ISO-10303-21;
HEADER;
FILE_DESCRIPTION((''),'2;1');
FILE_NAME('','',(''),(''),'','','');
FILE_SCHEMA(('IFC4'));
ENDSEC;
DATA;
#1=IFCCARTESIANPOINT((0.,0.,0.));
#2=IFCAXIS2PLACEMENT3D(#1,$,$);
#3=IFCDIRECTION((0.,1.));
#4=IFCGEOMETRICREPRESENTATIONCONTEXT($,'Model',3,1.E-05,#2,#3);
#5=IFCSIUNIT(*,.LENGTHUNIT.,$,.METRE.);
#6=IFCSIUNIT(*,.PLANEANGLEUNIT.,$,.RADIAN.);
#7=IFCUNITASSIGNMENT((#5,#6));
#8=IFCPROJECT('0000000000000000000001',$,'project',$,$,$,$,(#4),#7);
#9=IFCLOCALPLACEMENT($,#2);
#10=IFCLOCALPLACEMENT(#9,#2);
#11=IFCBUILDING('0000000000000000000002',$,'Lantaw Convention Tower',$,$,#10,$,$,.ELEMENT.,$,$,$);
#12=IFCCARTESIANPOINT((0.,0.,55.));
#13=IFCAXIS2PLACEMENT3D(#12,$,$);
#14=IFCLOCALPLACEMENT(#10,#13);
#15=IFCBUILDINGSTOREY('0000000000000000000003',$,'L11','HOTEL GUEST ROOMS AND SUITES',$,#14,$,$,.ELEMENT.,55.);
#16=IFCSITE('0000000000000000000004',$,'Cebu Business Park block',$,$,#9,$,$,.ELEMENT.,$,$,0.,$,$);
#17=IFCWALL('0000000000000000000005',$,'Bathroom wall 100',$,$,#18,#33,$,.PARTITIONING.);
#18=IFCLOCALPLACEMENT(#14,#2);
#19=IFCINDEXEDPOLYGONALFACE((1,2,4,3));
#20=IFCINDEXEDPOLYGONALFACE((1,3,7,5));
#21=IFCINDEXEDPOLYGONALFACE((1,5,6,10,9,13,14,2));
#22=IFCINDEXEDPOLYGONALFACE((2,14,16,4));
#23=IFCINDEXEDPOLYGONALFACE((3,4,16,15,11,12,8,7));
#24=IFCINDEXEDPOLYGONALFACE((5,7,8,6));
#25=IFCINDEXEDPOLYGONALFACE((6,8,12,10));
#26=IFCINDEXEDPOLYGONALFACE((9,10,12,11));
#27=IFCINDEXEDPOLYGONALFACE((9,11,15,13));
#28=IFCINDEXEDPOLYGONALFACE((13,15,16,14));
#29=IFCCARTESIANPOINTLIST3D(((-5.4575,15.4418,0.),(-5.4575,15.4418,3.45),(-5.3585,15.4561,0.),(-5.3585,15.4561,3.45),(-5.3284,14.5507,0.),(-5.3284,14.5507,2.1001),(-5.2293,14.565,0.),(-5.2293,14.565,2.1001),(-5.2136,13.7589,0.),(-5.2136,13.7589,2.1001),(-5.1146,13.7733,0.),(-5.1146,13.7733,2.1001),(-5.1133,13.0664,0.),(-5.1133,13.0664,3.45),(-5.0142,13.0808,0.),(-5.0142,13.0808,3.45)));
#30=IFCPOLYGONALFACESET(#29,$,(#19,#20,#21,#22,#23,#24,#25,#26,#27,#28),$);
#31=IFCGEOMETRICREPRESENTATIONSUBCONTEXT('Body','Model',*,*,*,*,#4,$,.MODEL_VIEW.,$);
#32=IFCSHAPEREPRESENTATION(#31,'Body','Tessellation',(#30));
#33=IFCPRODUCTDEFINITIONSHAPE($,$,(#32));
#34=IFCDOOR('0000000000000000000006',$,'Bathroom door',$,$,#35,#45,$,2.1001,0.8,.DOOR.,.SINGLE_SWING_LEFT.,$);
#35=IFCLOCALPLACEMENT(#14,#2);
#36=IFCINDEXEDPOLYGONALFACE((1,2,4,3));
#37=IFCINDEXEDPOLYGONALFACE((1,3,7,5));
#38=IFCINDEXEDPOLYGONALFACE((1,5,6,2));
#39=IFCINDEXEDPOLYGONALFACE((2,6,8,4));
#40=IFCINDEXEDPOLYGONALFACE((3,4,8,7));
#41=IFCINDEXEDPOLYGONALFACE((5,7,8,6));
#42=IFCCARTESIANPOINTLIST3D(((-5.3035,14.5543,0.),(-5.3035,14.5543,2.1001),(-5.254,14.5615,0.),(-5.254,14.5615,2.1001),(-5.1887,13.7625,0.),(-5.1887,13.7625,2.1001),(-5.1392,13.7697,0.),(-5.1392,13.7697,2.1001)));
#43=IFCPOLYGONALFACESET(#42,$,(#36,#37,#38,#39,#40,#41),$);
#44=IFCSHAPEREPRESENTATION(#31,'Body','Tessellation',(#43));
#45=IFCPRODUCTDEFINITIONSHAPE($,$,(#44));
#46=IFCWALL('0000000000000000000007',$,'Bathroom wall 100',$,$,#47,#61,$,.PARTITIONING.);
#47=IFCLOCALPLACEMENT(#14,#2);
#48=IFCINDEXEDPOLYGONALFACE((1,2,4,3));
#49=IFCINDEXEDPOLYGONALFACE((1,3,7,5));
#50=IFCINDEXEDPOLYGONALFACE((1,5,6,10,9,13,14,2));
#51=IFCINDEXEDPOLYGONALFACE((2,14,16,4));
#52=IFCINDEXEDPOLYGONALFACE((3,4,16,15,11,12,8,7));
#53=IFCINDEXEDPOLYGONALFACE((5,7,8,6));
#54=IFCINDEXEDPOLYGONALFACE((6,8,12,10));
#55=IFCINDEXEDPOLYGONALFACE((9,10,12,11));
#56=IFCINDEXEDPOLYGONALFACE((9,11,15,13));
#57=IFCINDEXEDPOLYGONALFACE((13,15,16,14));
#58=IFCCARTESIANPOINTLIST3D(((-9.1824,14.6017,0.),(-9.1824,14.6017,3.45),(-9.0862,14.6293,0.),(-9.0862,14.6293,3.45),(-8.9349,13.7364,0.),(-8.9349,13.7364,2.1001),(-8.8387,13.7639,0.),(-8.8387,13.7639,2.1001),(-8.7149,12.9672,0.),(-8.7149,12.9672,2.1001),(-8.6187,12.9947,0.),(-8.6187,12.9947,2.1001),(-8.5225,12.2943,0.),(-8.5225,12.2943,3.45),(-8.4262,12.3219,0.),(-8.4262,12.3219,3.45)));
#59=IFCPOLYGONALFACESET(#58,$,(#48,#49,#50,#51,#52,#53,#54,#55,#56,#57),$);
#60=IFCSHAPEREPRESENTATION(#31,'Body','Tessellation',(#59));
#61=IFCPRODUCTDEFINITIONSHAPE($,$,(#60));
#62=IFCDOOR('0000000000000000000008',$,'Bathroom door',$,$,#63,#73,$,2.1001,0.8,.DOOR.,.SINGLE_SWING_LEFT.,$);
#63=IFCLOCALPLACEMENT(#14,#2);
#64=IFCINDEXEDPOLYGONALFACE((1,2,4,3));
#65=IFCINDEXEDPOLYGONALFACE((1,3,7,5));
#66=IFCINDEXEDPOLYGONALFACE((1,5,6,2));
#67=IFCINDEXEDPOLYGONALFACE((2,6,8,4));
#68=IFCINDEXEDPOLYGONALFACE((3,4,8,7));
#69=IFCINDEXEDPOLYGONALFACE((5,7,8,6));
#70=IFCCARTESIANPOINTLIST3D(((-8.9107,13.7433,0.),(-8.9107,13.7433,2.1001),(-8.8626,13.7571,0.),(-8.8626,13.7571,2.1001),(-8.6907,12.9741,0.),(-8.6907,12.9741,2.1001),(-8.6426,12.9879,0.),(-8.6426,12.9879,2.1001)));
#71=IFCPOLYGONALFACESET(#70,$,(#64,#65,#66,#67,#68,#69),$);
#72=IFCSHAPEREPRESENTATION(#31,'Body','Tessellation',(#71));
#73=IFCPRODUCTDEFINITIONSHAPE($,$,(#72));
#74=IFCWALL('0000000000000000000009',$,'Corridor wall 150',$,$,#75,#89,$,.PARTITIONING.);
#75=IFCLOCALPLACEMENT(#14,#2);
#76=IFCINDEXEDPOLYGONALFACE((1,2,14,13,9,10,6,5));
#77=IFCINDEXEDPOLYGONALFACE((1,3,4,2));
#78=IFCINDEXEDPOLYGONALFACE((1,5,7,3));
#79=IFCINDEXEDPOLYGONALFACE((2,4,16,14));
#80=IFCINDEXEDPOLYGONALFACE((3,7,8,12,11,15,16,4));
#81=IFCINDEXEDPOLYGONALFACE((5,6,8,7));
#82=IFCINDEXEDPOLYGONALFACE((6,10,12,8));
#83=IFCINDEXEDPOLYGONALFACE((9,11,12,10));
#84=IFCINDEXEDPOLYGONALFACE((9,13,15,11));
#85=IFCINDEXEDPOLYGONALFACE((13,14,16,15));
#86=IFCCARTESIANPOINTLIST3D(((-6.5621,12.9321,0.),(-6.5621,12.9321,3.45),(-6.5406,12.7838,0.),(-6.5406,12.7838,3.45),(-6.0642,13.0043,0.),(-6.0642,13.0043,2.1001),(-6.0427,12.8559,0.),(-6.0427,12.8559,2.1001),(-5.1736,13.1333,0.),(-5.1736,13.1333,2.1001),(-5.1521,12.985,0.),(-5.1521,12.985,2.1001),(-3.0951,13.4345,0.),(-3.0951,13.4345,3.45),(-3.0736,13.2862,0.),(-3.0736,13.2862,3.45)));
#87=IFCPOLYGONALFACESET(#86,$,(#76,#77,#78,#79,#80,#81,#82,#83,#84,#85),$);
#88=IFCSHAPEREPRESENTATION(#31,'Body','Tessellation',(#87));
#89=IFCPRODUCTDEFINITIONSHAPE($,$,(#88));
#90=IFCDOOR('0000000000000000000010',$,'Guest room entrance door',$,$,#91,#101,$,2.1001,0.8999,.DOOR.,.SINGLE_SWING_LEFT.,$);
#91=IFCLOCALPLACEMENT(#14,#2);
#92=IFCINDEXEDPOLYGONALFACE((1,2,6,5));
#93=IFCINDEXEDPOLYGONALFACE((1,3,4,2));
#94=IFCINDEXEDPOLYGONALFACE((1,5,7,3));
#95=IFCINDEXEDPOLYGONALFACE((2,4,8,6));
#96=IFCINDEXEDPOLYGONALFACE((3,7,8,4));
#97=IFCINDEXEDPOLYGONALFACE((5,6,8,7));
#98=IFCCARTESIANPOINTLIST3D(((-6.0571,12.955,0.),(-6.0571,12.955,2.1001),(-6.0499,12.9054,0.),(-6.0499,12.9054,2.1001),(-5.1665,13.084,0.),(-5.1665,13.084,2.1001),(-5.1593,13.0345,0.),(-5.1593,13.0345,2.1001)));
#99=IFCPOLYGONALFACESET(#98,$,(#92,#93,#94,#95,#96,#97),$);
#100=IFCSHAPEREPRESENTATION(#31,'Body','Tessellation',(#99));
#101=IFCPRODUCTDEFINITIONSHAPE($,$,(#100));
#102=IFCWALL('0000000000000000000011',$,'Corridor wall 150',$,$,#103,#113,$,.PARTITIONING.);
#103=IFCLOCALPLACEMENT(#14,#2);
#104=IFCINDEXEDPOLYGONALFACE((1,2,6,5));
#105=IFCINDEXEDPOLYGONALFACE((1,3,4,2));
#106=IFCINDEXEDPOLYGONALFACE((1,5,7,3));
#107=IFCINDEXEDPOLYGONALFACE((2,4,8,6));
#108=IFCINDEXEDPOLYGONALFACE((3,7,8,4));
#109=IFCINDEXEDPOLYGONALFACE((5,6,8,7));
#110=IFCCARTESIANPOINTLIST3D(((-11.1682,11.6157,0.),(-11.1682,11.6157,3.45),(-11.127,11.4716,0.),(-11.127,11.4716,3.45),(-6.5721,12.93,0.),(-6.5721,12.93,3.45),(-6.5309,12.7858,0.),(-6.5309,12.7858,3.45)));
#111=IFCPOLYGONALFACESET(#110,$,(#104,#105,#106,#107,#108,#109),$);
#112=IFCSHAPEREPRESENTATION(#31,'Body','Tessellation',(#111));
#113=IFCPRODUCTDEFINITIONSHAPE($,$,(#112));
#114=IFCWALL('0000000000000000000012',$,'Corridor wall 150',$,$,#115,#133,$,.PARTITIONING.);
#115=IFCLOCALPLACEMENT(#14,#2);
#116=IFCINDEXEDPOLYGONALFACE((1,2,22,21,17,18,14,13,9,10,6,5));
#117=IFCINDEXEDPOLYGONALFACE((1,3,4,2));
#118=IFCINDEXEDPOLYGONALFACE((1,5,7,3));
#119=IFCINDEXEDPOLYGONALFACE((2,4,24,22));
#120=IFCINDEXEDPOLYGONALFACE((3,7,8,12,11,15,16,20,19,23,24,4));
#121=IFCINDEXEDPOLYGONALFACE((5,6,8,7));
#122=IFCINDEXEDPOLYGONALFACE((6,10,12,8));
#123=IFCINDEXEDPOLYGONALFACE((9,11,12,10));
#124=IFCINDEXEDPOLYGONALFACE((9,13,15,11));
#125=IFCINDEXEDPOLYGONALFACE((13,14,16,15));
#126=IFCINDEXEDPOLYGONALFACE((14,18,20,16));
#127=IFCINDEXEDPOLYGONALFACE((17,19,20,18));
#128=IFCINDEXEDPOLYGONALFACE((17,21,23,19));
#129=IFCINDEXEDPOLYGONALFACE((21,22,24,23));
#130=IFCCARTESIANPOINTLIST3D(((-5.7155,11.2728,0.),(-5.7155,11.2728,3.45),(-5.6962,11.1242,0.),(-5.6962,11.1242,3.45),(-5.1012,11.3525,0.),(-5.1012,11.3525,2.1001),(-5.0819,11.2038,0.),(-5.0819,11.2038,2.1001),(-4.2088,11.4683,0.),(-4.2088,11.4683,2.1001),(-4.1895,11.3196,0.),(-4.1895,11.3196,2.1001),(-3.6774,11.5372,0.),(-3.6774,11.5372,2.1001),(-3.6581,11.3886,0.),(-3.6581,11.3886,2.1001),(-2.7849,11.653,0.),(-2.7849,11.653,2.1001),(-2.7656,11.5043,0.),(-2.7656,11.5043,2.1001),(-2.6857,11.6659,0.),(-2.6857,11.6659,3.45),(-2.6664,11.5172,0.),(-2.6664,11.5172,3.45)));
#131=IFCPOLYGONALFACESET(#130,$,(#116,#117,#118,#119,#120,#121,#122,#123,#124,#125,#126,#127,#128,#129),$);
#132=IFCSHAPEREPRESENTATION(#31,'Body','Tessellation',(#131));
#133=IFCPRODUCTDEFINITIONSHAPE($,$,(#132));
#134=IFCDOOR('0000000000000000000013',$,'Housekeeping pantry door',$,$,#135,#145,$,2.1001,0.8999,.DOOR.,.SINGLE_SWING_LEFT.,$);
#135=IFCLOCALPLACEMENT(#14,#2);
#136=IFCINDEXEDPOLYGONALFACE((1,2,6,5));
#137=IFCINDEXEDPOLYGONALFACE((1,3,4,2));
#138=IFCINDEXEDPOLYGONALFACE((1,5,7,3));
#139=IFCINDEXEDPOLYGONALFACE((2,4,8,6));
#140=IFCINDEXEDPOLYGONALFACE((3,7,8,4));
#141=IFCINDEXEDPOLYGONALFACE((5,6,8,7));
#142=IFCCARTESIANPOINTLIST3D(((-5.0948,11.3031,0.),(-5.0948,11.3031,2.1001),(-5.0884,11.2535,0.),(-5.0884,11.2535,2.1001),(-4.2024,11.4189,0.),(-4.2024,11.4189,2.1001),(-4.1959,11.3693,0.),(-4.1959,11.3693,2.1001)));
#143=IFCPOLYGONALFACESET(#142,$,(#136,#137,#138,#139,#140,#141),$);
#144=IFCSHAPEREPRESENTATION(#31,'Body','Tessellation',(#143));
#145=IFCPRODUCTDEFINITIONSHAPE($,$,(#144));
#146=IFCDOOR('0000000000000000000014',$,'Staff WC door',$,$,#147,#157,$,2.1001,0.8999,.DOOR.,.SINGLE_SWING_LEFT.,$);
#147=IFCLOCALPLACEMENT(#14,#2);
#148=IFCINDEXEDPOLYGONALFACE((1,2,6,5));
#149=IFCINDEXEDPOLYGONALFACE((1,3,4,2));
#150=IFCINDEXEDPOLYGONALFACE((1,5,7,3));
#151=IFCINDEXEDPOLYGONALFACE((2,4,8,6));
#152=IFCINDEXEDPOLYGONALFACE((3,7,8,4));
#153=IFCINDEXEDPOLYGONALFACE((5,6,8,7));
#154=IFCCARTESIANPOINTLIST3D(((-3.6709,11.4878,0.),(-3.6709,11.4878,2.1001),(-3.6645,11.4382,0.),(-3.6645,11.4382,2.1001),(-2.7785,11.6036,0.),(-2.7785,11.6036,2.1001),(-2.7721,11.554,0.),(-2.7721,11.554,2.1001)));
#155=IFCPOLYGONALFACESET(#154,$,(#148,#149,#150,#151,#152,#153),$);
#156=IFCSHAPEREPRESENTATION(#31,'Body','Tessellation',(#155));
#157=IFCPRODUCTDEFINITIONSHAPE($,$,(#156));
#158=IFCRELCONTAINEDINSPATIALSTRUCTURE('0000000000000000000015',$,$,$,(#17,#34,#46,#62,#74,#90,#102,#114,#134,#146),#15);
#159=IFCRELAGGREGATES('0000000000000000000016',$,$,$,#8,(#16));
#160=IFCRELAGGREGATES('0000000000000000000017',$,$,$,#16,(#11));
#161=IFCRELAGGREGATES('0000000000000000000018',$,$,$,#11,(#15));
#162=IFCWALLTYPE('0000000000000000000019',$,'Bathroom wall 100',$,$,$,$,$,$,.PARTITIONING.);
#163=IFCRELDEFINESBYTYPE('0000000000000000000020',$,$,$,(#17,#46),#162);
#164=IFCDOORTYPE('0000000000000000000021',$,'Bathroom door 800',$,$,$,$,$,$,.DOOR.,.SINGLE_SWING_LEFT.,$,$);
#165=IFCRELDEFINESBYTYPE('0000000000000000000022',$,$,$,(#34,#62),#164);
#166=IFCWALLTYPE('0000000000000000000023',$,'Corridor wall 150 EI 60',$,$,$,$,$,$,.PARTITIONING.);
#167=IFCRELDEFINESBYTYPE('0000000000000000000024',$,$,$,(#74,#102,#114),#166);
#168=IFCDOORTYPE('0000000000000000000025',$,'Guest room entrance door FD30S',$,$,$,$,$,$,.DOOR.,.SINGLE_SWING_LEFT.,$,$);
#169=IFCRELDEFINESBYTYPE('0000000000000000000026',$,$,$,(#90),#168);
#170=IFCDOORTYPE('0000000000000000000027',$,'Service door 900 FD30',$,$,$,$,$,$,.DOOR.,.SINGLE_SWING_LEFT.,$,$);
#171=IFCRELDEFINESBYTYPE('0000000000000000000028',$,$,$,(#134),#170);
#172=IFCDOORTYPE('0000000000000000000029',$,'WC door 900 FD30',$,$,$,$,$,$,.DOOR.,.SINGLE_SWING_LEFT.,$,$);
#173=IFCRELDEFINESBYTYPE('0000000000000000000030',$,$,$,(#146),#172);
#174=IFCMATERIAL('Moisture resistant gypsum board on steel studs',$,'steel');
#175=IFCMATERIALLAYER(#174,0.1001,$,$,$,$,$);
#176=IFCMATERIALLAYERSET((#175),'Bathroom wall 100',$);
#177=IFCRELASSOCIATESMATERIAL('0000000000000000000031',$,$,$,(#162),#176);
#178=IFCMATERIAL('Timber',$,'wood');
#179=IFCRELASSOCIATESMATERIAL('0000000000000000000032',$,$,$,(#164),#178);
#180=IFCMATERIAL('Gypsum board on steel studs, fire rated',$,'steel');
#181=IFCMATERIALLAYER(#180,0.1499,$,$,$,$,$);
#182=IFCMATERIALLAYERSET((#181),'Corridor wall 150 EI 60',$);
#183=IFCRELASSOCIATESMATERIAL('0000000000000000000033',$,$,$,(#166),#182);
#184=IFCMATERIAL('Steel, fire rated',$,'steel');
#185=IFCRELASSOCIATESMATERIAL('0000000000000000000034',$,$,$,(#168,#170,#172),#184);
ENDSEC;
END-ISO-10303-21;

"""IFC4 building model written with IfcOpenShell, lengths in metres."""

from ifc_helpers import new_model, si_unit, direction, frame, frame_2d, origin, place, context, subcontext, project, spatial, rectangle, extrude, material, layer, layer_set, type_object, element, fill, save


model = new_model("IFC4")

# Units and contexts
model_context = context("Model", 3, precision=1e-05, world=origin(), true_north=direction((0.0, 1.0)))
body_context = subcontext(model_context, "Body", "Model", "MODEL_VIEW")
ifc_project = project(units=[si_unit("LENGTHUNIT", "METRE"), si_unit("PLANEANGLEUNIT", "RADIAN")], contexts=[model_context])

# Site, building, storey
site_placement = place(None, origin())
site = spatial("IfcSite", under=ifc_project, at=site_placement, Name="Cebu Business Park block", CompositionType="ELEMENT", RefElevation=0.0)
building_placement = place(site_placement, origin())
building = spatial("IfcBuilding", under=site, at=building_placement, Name="Lantaw Convention Tower", CompositionType="ELEMENT")
storey_placement = place(building_placement, frame((0.0, 0.0, 55.0)))
storey = spatial("IfcBuildingStorey", under=building, at=storey_placement, Name="L11", Description="HOTEL GUEST ROOMS AND SUITES", CompositionType="ELEMENT", Elevation=55.0)

# Walls, openings, doors
ifc_material_1 = material(Name="Moisture resistant gypsum board on steel studs", Category="steel")
ifc_layer_1 = layer(ifc_material_1, 0.1001)
ifc_layer_set_1 = layer_set([ifc_layer_1], Name="Bathroom wall 100")
wall_type_1 = type_object("IfcWallType", Name="Bathroom wall 100", PredefinedType="PARTITIONING", material=ifc_layer_set_1)
wall_1_placement = place(storey_placement, frame((-5.0637, 13.0735, 0.0), z_axis=(0.0, 0.0, 1.0), x_axis=(-0.143429, 0.989661, 0.0)))
wall_1 = element("IfcWall", 1, at=wall_1_placement, inside=storey, type_object=wall_type_1, Name="Bathroom wall 100", PredefinedType="PARTITIONING", context=body_context, shape_type="SweptSolid", body=[
    extrude(rectangle(XDim=2.4001, YDim=0.1001, at=frame_2d((1.2002, 0.0))), origin(), (0.0, 0.0, 1.0), 3.45),
])
opening_1_placement = place(wall_1_placement, frame((0.7, 0.0, 0.0)))
opening_1 = element("IfcOpeningElement", 2, at=opening_1_placement, cuts=wall_1, PredefinedType="OPENING", context=body_context, shape_type="SweptSolid", body=[
    extrude(rectangle(XDim=0.8, YDim=2.1001, at=frame_2d((0.3999, 1.05))), frame((0.0, 0.0601, 0.0), z_axis=(0.0, -1.0, 0.0), x_axis=(1.0, 0.0, 0.0)), (0.0, 0.0, 1.0), 0.1201),
])
ifc_material_2 = material(Name="Timber", Category="wood")
door_type_1 = type_object("IfcDoorType", Name="Bathroom door 800", OperationType="SINGLE_SWING_LEFT", PredefinedType="DOOR", material=ifc_material_2)
door_1_placement = place(opening_1_placement, origin())
door_1 = element("IfcDoor", 3, at=door_1_placement, inside=storey, type_object=door_type_1, Name="Bathroom door", OperationType="SINGLE_SWING_LEFT", OverallHeight=2.1001, OverallWidth=0.8, PredefinedType="DOOR", context=body_context, shape_type="SweptSolid", body=[
    extrude(rectangle(XDim=0.8, YDim=2.1001, at=frame_2d((0.3999, 1.05))), frame((0.0, 0.0249, 0.0), z_axis=(0.0, -1.0, 0.0), x_axis=(1.0, 0.0, 0.0)), (0.0, 0.0, 1.0), 0.05),
])
fill(opening_1, door_1)
wall_2_placement = place(storey_placement, frame((-8.4744, 12.3081, 0.0), z_axis=(0.0, 0.0, 1.0), x_axis=(-0.274976, 0.961451, 0.0)))
wall_2 = element("IfcWall", 4, at=wall_2_placement, inside=storey, type_object=wall_type_1, Name="Bathroom wall 100", PredefinedType="PARTITIONING", context=body_context, shape_type="SweptSolid", body=[
    extrude(rectangle(XDim=2.3999, YDim=0.1001, at=frame_2d((1.2, 0.0))), origin(), (0.0, 0.0, 1.0), 3.45),
])
opening_2_placement = place(wall_2_placement, frame((0.7, 0.0, 0.0)))
opening_2 = element("IfcOpeningElement", 5, at=opening_2_placement, cuts=wall_2, PredefinedType="OPENING", context=body_context, shape_type="SweptSolid", body=[
    extrude(rectangle(XDim=0.8, YDim=2.1001, at=frame_2d((0.3999, 1.05))), frame((0.0, 0.0601, 0.0), z_axis=(0.0, -1.0, 0.0), x_axis=(1.0, 0.0, 0.0)), (0.0, 0.0, 1.0), 0.1201),
])
door_2_placement = place(opening_2_placement, origin())
door_2 = element("IfcDoor", 6, at=door_2_placement, inside=storey, type_object=door_type_1, Name="Bathroom door", OperationType="SINGLE_SWING_LEFT", OverallHeight=2.1001, OverallWidth=0.8, PredefinedType="DOOR", context=body_context, shape_type="SweptSolid", body=[
    extrude(rectangle(XDim=0.8, YDim=2.1001, at=frame_2d((0.3999, 1.05))), frame((0.0, 0.0249, 0.0), z_axis=(0.0, -1.0, 0.0), x_axis=(1.0, 0.0, 0.0)), (0.0, 0.0, 1.0), 0.05),
])
fill(opening_2, door_2)
ifc_material_3 = material(Name="Gypsum board on steel studs, fire rated", Category="steel")
ifc_layer_2 = layer(ifc_material_3, 0.1499)
ifc_layer_set_2 = layer_set([ifc_layer_2], Name="Corridor wall 150 EI 60")
wall_type_2 = type_object("IfcWallType", Name="Corridor wall 150 EI 60", PredefinedType="PARTITIONING", material=ifc_layer_set_2)
wall_3_placement = place(storey_placement, frame((-3.0845, 13.3604, 0.0), z_axis=(0.0, 0.0, 1.0), x_axis=(-0.989662, -0.143421, 0.0)))
wall_3 = element("IfcWall", 7, at=wall_3_placement, inside=storey, type_object=wall_type_2, Name="Corridor wall 150", PredefinedType="PARTITIONING", context=body_context, shape_type="SweptSolid", body=[
    extrude(rectangle(XDim=3.5032, YDim=0.1499, at=frame_2d((1.7515, 0.0))), origin(), (0.0, 0.0, 1.0), 3.45),
])
opening_3_placement = place(wall_3_placement, frame((2.1001, 0.0, 0.0)))
opening_3 = element("IfcOpeningElement", 8, at=opening_3_placement, cuts=wall_3, PredefinedType="OPENING", context=body_context, shape_type="SweptSolid", body=[
    extrude(rectangle(XDim=0.8999, YDim=2.1001, at=frame_2d((0.45, 1.05))), frame((0.0, 0.085, 0.0), z_axis=(0.0, -1.0, 0.0), x_axis=(1.0, 0.0, 0.0)), (0.0, 0.0, 1.0), 0.1699),
])
ifc_material_4 = material(Name="Steel, fire rated", Category="steel")
door_type_2 = type_object("IfcDoorType", Name="Guest room entrance door FD30S", OperationType="SINGLE_SWING_LEFT", PredefinedType="DOOR", material=ifc_material_4)
door_3_placement = place(opening_3_placement, origin())
door_3 = element("IfcDoor", 9, at=door_3_placement, inside=storey, type_object=door_type_2, Name="Guest room entrance door", OperationType="SINGLE_SWING_LEFT", OverallHeight=2.1001, OverallWidth=0.8999, PredefinedType="DOOR", context=body_context, shape_type="SweptSolid", body=[
    extrude(rectangle(XDim=0.8999, YDim=2.1001, at=frame_2d((0.45, 1.05))), frame((0.0, 0.0249, 0.0), z_axis=(0.0, -1.0, 0.0), x_axis=(1.0, 0.0, 0.0)), (0.0, 0.0, 1.0), 0.05),
])
fill(opening_3, door_3)

# Wall
wall_4_placement = place(storey_placement, frame((-6.5515, 12.8579, 0.0), z_axis=(0.0, 0.0, 1.0), x_axis=(-0.961464, -0.27493, 0.0)))
element("IfcWall", 10, at=wall_4_placement, inside=storey, type_object=wall_type_2, Name="Corridor wall 150", PredefinedType="PARTITIONING", context=body_context, shape_type="SweptSolid", body=[
    extrude(rectangle(XDim=4.7803, YDim=0.1499, at=frame_2d((2.3901, 0.0))), origin(), (0.0, 0.0, 1.0), 3.45),
])

# Wall, openings, doors
wall_5_placement = place(storey_placement, frame((-2.676, 11.5916, 0.0), z_axis=(0.0, 0.0, 1.0), x_axis=(-0.991689, -0.128656, 0.0)))
wall_5 = element("IfcWall", 11, at=wall_5_placement, inside=storey, type_object=wall_type_2, Name="Corridor wall 150", PredefinedType="PARTITIONING", context=body_context, shape_type="SweptSolid", body=[
    extrude(rectangle(XDim=3.0552, YDim=0.1499, at=frame_2d((1.5276, 0.0))), origin(), (0.0, 0.0, 1.0), 3.45),
])
opening_4_placement = place(wall_5_placement, frame((0.1001, 0.0, 0.0)))
opening_4 = element("IfcOpeningElement", 12, at=opening_4_placement, cuts=wall_5, PredefinedType="OPENING", context=body_context, shape_type="SweptSolid", body=[
    extrude(rectangle(XDim=0.8999, YDim=2.1001, at=frame_2d((0.45, 1.05))), frame((0.0, 0.085, 0.0), z_axis=(0.0, -1.0, 0.0), x_axis=(1.0, 0.0, 0.0)), (0.0, 0.0, 1.0), 0.1699),
])
opening_5_placement = place(wall_5_placement, frame((1.5359, 0.0, 0.0)))
opening_5 = element("IfcOpeningElement", 13, at=opening_5_placement, cuts=wall_5, PredefinedType="OPENING", context=body_context, shape_type="SweptSolid", body=[
    extrude(rectangle(XDim=0.8999, YDim=2.1001, at=frame_2d((0.45, 1.05))), frame((0.0, 0.085, 0.0), z_axis=(0.0, -1.0, 0.0), x_axis=(1.0, 0.0, 0.0)), (0.0, 0.0, 1.0), 0.1699),
])
door_type_3 = type_object("IfcDoorType", Name="Service door 900 FD30", OperationType="SINGLE_SWING_LEFT", PredefinedType="DOOR", material=ifc_material_4)
door_4_placement = place(opening_5_placement, origin())
door_4 = element("IfcDoor", 14, at=door_4_placement, inside=storey, type_object=door_type_3, Name="Housekeeping pantry door", OperationType="SINGLE_SWING_LEFT", OverallHeight=2.1001, OverallWidth=0.8999, PredefinedType="DOOR", context=body_context, shape_type="SweptSolid", body=[
    extrude(rectangle(XDim=0.8999, YDim=2.1001, at=frame_2d((0.45, 1.05))), frame((0.0, 0.0249, 0.0), z_axis=(0.0, -1.0, 0.0), x_axis=(1.0, 0.0, 0.0)), (0.0, 0.0, 1.0), 0.05),
])
fill(opening_5, door_4)
door_type_4 = type_object("IfcDoorType", Name="WC door 900 FD30", OperationType="SINGLE_SWING_LEFT", PredefinedType="DOOR", material=ifc_material_4)
door_5_placement = place(opening_4_placement, origin())
door_5 = element("IfcDoor", 15, at=door_5_placement, inside=storey, type_object=door_type_4, Name="Staff WC door", OperationType="SINGLE_SWING_LEFT", OverallHeight=2.1001, OverallWidth=0.8999, PredefinedType="DOOR", context=body_context, shape_type="SweptSolid", body=[
    extrude(rectangle(XDim=0.8999, YDim=2.1001, at=frame_2d((0.45, 1.05))), frame((0.0, 0.0249, 0.0), z_axis=(0.0, -1.0, 0.0), x_axis=(1.0, 0.0, 0.0)), (0.0, 0.0, 1.0), 0.05),
])
fill(opening_4, door_5)

save(model, "model.ifc")
